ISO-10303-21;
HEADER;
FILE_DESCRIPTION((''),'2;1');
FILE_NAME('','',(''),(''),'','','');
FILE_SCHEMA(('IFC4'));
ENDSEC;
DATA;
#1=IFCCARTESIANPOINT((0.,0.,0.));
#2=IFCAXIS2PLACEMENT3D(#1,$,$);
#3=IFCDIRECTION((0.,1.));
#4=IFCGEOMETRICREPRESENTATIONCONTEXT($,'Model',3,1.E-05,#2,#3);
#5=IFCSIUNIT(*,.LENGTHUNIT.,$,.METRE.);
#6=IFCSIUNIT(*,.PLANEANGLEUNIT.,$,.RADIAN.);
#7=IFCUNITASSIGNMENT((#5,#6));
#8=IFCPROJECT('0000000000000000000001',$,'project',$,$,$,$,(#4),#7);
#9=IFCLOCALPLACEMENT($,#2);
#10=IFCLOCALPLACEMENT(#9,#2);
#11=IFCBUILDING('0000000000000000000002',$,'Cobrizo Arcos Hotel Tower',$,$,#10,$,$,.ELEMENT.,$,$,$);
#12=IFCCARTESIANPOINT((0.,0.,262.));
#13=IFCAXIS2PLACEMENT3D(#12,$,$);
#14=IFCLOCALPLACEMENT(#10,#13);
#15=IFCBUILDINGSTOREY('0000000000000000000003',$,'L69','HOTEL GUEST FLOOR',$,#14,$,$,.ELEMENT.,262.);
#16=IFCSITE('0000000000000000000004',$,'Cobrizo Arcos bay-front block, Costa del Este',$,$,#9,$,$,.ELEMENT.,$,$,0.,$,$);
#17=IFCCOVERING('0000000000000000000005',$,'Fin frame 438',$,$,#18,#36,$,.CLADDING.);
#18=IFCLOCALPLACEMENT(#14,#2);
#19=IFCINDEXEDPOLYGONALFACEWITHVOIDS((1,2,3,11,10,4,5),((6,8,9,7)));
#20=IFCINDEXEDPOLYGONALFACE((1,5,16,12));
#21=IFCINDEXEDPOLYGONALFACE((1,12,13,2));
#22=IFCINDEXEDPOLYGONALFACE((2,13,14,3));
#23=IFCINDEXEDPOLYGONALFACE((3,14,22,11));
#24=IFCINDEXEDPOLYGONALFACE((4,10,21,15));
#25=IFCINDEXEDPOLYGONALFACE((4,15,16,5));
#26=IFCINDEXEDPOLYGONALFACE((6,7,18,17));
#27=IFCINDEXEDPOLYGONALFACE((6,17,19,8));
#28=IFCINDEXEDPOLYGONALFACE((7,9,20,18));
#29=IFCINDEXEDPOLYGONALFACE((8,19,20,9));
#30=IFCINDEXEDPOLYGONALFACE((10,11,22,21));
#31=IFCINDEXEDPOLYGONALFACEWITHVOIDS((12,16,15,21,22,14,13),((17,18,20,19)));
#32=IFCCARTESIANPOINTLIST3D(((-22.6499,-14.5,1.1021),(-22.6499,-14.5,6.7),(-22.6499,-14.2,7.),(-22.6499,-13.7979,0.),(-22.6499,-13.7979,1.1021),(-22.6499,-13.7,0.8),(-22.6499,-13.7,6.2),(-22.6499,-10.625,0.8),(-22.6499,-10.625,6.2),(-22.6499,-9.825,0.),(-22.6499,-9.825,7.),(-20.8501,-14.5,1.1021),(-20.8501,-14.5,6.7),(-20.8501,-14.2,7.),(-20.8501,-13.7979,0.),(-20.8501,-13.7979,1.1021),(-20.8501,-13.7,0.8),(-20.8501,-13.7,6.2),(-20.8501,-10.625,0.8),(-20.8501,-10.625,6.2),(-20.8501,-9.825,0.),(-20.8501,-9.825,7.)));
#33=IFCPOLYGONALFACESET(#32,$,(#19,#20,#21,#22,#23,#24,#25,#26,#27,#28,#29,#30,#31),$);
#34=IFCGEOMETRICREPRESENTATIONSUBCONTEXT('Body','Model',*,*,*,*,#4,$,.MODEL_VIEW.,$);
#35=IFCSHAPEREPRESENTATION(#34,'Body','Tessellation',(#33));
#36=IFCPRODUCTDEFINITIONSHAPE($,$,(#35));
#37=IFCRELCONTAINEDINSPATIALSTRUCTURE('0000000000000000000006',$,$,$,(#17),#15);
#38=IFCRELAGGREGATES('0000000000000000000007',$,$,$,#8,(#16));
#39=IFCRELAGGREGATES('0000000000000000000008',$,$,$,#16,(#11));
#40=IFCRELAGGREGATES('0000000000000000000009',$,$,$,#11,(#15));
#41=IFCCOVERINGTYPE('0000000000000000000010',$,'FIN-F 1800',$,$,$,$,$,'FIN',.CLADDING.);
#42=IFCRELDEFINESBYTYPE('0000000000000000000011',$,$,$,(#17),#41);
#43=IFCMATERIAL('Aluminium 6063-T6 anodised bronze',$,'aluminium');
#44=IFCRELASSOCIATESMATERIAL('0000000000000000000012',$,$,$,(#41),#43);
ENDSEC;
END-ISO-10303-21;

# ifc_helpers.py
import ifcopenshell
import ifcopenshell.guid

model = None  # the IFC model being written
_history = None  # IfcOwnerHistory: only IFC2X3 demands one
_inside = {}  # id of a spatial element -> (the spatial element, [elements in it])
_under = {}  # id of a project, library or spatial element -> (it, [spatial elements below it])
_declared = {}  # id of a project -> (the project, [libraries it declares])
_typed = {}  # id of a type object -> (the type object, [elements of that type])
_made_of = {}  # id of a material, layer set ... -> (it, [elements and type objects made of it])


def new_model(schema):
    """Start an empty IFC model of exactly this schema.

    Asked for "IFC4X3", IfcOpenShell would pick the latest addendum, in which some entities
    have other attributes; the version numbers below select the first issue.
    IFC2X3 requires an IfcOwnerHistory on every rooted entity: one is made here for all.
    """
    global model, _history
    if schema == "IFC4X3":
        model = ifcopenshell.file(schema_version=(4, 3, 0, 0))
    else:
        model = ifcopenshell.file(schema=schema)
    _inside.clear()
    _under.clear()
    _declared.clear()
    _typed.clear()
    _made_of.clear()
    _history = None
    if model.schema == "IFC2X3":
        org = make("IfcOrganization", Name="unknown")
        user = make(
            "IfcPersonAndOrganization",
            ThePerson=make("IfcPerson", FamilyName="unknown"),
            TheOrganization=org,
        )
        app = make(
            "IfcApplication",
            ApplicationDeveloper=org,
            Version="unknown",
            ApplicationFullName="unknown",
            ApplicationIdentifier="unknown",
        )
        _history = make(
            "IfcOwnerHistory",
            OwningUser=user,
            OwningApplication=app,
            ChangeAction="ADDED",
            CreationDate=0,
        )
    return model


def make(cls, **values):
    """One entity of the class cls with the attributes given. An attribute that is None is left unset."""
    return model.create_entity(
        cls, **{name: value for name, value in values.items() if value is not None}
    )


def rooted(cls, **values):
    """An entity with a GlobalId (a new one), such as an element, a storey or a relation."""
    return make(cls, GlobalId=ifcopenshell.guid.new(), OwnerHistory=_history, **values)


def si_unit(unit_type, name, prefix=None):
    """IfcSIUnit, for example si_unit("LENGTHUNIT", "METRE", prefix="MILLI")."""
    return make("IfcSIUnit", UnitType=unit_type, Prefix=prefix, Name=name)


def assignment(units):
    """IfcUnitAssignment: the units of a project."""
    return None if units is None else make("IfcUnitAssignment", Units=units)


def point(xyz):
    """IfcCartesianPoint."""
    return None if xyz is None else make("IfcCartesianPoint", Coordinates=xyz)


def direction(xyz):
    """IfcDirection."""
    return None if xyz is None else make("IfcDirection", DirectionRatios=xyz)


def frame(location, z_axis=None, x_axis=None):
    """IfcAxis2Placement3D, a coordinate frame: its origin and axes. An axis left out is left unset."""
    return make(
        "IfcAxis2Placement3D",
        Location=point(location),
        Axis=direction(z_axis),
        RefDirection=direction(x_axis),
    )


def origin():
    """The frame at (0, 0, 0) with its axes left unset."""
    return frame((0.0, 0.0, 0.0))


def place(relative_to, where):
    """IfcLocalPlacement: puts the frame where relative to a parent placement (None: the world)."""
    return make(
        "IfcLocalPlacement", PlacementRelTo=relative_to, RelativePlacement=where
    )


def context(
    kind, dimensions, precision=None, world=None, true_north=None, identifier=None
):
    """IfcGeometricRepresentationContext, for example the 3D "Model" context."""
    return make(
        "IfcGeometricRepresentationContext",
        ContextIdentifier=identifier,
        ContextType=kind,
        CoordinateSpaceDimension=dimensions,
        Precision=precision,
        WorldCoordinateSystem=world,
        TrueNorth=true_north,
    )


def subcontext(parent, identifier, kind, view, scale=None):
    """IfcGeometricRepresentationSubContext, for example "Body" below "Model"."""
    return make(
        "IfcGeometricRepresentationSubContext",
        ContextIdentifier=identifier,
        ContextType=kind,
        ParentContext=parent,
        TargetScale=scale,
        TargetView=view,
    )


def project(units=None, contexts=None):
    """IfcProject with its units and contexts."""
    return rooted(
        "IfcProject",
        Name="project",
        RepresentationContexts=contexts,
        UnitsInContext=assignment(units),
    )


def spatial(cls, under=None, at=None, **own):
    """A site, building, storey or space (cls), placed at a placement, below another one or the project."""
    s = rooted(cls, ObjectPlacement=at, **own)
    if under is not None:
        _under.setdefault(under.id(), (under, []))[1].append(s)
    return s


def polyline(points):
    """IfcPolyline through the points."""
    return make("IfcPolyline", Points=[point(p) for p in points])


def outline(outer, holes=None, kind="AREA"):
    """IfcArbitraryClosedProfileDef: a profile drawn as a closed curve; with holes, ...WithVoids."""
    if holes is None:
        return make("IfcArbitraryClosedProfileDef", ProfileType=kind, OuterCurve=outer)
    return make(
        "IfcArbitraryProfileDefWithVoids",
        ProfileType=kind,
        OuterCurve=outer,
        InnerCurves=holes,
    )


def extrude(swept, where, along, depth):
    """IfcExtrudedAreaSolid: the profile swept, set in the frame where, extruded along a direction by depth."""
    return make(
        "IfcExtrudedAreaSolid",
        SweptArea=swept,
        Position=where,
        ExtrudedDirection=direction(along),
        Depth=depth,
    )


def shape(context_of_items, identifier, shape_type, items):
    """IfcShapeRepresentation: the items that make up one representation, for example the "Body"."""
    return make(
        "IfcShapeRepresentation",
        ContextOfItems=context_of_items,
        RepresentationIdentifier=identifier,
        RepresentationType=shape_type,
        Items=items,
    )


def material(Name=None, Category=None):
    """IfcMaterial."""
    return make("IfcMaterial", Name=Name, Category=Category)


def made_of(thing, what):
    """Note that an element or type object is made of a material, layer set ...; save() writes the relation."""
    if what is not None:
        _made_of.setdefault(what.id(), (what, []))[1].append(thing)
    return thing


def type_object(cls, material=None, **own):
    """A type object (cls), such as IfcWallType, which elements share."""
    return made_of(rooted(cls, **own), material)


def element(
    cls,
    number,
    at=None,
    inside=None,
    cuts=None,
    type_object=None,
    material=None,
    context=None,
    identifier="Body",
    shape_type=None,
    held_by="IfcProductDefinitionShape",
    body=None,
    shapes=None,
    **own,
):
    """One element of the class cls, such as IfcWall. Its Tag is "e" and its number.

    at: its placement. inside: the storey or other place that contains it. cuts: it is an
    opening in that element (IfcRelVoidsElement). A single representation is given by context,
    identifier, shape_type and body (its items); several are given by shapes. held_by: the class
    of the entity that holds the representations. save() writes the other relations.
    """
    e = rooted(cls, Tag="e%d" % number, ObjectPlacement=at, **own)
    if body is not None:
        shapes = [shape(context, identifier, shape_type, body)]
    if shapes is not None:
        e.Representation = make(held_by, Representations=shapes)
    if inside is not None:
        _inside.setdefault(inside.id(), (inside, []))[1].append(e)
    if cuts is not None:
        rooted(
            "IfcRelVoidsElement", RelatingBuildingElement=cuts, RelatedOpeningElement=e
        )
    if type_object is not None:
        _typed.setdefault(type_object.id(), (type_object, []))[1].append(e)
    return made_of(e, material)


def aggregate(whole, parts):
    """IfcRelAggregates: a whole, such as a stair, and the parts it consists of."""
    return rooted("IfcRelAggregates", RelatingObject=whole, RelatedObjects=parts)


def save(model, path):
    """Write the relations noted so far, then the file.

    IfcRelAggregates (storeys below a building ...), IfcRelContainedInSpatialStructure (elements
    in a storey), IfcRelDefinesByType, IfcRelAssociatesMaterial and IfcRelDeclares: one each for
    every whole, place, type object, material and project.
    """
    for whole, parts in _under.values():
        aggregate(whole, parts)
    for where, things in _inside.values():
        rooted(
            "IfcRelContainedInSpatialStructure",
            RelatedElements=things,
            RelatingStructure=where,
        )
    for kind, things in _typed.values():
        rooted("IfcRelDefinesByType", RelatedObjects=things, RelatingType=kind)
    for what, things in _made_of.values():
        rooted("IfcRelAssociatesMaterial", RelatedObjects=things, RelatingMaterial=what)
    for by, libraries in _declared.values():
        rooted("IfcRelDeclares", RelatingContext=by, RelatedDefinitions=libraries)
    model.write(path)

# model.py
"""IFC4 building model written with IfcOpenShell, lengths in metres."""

from ifc_helpers import new_model, si_unit, direction, frame, origin, place, context, subcontext, project, spatial, polyline, outline, extrude, material, type_object, element, save


model = new_model("IFC4")

# Units and contexts
model_context = context("Model", 3, precision=1e-05, world=origin(), true_north=direction((0.0, 1.0)))
body_context = subcontext(model_context, "Body", "Model", "MODEL_VIEW")
ifc_project = project(units=[si_unit("LENGTHUNIT", "METRE"), si_unit("PLANEANGLEUNIT", "RADIAN")], contexts=[model_context])

# Site, building, storey
site_placement = place(None, origin())
site = spatial("IfcSite", under=ifc_project, at=site_placement, Name="Cobrizo Arcos bay-front block, Costa del Este", CompositionType="ELEMENT", RefElevation=0.0)
building_placement = place(site_placement, origin())
building = spatial("IfcBuilding", under=site, at=building_placement, Name="Cobrizo Arcos Hotel Tower", CompositionType="ELEMENT")
storey_placement = place(building_placement, frame((0.0, 0.0, 262.0)))
storey = spatial("IfcBuildingStorey", under=building, at=storey_placement, Name="L69", Description="HOTEL GUEST FLOOR", CompositionType="ELEMENT", Elevation=262.0)

# Shared definitions
ifc_material_1 = material(Name="Aluminium 6063-T6 anodised bronze", Category="aluminium")

# Covering
covering_type = type_object("IfcCoveringType", Name="FIN-F 1800", ElementType="FIN", PredefinedType="CLADDING", material=ifc_material_1)
covering_placement = place(storey_placement, frame((-20.8501, -9.825, 0.0), z_axis=(-1.0, 0.0, 0.0), x_axis=(0.0, -1.0, 0.0)))
element("IfcCovering", 1, at=covering_placement, inside=storey, type_object=covering_type, Name="Fin frame 438", PredefinedType="CLADDING", context=body_context, shape_type="SweptSolid", body=[
    extrude(outline(polyline([(0.0, 0.0), (3.9729, 0.0), (3.9729, 1.1021), (4.675, 1.1021), (4.675, 6.7), (4.375, 7.0), (0.0, 7.0), (0.0, 0.0)]), holes=[polyline([(3.875, 0.8), (0.8, 0.8), (0.8, 6.2), (3.875, 6.2), (3.875, 0.8)])]), origin(), (0.0, 0.0, 1.0), 1.7998),
])

save(model, "model.ifc")
